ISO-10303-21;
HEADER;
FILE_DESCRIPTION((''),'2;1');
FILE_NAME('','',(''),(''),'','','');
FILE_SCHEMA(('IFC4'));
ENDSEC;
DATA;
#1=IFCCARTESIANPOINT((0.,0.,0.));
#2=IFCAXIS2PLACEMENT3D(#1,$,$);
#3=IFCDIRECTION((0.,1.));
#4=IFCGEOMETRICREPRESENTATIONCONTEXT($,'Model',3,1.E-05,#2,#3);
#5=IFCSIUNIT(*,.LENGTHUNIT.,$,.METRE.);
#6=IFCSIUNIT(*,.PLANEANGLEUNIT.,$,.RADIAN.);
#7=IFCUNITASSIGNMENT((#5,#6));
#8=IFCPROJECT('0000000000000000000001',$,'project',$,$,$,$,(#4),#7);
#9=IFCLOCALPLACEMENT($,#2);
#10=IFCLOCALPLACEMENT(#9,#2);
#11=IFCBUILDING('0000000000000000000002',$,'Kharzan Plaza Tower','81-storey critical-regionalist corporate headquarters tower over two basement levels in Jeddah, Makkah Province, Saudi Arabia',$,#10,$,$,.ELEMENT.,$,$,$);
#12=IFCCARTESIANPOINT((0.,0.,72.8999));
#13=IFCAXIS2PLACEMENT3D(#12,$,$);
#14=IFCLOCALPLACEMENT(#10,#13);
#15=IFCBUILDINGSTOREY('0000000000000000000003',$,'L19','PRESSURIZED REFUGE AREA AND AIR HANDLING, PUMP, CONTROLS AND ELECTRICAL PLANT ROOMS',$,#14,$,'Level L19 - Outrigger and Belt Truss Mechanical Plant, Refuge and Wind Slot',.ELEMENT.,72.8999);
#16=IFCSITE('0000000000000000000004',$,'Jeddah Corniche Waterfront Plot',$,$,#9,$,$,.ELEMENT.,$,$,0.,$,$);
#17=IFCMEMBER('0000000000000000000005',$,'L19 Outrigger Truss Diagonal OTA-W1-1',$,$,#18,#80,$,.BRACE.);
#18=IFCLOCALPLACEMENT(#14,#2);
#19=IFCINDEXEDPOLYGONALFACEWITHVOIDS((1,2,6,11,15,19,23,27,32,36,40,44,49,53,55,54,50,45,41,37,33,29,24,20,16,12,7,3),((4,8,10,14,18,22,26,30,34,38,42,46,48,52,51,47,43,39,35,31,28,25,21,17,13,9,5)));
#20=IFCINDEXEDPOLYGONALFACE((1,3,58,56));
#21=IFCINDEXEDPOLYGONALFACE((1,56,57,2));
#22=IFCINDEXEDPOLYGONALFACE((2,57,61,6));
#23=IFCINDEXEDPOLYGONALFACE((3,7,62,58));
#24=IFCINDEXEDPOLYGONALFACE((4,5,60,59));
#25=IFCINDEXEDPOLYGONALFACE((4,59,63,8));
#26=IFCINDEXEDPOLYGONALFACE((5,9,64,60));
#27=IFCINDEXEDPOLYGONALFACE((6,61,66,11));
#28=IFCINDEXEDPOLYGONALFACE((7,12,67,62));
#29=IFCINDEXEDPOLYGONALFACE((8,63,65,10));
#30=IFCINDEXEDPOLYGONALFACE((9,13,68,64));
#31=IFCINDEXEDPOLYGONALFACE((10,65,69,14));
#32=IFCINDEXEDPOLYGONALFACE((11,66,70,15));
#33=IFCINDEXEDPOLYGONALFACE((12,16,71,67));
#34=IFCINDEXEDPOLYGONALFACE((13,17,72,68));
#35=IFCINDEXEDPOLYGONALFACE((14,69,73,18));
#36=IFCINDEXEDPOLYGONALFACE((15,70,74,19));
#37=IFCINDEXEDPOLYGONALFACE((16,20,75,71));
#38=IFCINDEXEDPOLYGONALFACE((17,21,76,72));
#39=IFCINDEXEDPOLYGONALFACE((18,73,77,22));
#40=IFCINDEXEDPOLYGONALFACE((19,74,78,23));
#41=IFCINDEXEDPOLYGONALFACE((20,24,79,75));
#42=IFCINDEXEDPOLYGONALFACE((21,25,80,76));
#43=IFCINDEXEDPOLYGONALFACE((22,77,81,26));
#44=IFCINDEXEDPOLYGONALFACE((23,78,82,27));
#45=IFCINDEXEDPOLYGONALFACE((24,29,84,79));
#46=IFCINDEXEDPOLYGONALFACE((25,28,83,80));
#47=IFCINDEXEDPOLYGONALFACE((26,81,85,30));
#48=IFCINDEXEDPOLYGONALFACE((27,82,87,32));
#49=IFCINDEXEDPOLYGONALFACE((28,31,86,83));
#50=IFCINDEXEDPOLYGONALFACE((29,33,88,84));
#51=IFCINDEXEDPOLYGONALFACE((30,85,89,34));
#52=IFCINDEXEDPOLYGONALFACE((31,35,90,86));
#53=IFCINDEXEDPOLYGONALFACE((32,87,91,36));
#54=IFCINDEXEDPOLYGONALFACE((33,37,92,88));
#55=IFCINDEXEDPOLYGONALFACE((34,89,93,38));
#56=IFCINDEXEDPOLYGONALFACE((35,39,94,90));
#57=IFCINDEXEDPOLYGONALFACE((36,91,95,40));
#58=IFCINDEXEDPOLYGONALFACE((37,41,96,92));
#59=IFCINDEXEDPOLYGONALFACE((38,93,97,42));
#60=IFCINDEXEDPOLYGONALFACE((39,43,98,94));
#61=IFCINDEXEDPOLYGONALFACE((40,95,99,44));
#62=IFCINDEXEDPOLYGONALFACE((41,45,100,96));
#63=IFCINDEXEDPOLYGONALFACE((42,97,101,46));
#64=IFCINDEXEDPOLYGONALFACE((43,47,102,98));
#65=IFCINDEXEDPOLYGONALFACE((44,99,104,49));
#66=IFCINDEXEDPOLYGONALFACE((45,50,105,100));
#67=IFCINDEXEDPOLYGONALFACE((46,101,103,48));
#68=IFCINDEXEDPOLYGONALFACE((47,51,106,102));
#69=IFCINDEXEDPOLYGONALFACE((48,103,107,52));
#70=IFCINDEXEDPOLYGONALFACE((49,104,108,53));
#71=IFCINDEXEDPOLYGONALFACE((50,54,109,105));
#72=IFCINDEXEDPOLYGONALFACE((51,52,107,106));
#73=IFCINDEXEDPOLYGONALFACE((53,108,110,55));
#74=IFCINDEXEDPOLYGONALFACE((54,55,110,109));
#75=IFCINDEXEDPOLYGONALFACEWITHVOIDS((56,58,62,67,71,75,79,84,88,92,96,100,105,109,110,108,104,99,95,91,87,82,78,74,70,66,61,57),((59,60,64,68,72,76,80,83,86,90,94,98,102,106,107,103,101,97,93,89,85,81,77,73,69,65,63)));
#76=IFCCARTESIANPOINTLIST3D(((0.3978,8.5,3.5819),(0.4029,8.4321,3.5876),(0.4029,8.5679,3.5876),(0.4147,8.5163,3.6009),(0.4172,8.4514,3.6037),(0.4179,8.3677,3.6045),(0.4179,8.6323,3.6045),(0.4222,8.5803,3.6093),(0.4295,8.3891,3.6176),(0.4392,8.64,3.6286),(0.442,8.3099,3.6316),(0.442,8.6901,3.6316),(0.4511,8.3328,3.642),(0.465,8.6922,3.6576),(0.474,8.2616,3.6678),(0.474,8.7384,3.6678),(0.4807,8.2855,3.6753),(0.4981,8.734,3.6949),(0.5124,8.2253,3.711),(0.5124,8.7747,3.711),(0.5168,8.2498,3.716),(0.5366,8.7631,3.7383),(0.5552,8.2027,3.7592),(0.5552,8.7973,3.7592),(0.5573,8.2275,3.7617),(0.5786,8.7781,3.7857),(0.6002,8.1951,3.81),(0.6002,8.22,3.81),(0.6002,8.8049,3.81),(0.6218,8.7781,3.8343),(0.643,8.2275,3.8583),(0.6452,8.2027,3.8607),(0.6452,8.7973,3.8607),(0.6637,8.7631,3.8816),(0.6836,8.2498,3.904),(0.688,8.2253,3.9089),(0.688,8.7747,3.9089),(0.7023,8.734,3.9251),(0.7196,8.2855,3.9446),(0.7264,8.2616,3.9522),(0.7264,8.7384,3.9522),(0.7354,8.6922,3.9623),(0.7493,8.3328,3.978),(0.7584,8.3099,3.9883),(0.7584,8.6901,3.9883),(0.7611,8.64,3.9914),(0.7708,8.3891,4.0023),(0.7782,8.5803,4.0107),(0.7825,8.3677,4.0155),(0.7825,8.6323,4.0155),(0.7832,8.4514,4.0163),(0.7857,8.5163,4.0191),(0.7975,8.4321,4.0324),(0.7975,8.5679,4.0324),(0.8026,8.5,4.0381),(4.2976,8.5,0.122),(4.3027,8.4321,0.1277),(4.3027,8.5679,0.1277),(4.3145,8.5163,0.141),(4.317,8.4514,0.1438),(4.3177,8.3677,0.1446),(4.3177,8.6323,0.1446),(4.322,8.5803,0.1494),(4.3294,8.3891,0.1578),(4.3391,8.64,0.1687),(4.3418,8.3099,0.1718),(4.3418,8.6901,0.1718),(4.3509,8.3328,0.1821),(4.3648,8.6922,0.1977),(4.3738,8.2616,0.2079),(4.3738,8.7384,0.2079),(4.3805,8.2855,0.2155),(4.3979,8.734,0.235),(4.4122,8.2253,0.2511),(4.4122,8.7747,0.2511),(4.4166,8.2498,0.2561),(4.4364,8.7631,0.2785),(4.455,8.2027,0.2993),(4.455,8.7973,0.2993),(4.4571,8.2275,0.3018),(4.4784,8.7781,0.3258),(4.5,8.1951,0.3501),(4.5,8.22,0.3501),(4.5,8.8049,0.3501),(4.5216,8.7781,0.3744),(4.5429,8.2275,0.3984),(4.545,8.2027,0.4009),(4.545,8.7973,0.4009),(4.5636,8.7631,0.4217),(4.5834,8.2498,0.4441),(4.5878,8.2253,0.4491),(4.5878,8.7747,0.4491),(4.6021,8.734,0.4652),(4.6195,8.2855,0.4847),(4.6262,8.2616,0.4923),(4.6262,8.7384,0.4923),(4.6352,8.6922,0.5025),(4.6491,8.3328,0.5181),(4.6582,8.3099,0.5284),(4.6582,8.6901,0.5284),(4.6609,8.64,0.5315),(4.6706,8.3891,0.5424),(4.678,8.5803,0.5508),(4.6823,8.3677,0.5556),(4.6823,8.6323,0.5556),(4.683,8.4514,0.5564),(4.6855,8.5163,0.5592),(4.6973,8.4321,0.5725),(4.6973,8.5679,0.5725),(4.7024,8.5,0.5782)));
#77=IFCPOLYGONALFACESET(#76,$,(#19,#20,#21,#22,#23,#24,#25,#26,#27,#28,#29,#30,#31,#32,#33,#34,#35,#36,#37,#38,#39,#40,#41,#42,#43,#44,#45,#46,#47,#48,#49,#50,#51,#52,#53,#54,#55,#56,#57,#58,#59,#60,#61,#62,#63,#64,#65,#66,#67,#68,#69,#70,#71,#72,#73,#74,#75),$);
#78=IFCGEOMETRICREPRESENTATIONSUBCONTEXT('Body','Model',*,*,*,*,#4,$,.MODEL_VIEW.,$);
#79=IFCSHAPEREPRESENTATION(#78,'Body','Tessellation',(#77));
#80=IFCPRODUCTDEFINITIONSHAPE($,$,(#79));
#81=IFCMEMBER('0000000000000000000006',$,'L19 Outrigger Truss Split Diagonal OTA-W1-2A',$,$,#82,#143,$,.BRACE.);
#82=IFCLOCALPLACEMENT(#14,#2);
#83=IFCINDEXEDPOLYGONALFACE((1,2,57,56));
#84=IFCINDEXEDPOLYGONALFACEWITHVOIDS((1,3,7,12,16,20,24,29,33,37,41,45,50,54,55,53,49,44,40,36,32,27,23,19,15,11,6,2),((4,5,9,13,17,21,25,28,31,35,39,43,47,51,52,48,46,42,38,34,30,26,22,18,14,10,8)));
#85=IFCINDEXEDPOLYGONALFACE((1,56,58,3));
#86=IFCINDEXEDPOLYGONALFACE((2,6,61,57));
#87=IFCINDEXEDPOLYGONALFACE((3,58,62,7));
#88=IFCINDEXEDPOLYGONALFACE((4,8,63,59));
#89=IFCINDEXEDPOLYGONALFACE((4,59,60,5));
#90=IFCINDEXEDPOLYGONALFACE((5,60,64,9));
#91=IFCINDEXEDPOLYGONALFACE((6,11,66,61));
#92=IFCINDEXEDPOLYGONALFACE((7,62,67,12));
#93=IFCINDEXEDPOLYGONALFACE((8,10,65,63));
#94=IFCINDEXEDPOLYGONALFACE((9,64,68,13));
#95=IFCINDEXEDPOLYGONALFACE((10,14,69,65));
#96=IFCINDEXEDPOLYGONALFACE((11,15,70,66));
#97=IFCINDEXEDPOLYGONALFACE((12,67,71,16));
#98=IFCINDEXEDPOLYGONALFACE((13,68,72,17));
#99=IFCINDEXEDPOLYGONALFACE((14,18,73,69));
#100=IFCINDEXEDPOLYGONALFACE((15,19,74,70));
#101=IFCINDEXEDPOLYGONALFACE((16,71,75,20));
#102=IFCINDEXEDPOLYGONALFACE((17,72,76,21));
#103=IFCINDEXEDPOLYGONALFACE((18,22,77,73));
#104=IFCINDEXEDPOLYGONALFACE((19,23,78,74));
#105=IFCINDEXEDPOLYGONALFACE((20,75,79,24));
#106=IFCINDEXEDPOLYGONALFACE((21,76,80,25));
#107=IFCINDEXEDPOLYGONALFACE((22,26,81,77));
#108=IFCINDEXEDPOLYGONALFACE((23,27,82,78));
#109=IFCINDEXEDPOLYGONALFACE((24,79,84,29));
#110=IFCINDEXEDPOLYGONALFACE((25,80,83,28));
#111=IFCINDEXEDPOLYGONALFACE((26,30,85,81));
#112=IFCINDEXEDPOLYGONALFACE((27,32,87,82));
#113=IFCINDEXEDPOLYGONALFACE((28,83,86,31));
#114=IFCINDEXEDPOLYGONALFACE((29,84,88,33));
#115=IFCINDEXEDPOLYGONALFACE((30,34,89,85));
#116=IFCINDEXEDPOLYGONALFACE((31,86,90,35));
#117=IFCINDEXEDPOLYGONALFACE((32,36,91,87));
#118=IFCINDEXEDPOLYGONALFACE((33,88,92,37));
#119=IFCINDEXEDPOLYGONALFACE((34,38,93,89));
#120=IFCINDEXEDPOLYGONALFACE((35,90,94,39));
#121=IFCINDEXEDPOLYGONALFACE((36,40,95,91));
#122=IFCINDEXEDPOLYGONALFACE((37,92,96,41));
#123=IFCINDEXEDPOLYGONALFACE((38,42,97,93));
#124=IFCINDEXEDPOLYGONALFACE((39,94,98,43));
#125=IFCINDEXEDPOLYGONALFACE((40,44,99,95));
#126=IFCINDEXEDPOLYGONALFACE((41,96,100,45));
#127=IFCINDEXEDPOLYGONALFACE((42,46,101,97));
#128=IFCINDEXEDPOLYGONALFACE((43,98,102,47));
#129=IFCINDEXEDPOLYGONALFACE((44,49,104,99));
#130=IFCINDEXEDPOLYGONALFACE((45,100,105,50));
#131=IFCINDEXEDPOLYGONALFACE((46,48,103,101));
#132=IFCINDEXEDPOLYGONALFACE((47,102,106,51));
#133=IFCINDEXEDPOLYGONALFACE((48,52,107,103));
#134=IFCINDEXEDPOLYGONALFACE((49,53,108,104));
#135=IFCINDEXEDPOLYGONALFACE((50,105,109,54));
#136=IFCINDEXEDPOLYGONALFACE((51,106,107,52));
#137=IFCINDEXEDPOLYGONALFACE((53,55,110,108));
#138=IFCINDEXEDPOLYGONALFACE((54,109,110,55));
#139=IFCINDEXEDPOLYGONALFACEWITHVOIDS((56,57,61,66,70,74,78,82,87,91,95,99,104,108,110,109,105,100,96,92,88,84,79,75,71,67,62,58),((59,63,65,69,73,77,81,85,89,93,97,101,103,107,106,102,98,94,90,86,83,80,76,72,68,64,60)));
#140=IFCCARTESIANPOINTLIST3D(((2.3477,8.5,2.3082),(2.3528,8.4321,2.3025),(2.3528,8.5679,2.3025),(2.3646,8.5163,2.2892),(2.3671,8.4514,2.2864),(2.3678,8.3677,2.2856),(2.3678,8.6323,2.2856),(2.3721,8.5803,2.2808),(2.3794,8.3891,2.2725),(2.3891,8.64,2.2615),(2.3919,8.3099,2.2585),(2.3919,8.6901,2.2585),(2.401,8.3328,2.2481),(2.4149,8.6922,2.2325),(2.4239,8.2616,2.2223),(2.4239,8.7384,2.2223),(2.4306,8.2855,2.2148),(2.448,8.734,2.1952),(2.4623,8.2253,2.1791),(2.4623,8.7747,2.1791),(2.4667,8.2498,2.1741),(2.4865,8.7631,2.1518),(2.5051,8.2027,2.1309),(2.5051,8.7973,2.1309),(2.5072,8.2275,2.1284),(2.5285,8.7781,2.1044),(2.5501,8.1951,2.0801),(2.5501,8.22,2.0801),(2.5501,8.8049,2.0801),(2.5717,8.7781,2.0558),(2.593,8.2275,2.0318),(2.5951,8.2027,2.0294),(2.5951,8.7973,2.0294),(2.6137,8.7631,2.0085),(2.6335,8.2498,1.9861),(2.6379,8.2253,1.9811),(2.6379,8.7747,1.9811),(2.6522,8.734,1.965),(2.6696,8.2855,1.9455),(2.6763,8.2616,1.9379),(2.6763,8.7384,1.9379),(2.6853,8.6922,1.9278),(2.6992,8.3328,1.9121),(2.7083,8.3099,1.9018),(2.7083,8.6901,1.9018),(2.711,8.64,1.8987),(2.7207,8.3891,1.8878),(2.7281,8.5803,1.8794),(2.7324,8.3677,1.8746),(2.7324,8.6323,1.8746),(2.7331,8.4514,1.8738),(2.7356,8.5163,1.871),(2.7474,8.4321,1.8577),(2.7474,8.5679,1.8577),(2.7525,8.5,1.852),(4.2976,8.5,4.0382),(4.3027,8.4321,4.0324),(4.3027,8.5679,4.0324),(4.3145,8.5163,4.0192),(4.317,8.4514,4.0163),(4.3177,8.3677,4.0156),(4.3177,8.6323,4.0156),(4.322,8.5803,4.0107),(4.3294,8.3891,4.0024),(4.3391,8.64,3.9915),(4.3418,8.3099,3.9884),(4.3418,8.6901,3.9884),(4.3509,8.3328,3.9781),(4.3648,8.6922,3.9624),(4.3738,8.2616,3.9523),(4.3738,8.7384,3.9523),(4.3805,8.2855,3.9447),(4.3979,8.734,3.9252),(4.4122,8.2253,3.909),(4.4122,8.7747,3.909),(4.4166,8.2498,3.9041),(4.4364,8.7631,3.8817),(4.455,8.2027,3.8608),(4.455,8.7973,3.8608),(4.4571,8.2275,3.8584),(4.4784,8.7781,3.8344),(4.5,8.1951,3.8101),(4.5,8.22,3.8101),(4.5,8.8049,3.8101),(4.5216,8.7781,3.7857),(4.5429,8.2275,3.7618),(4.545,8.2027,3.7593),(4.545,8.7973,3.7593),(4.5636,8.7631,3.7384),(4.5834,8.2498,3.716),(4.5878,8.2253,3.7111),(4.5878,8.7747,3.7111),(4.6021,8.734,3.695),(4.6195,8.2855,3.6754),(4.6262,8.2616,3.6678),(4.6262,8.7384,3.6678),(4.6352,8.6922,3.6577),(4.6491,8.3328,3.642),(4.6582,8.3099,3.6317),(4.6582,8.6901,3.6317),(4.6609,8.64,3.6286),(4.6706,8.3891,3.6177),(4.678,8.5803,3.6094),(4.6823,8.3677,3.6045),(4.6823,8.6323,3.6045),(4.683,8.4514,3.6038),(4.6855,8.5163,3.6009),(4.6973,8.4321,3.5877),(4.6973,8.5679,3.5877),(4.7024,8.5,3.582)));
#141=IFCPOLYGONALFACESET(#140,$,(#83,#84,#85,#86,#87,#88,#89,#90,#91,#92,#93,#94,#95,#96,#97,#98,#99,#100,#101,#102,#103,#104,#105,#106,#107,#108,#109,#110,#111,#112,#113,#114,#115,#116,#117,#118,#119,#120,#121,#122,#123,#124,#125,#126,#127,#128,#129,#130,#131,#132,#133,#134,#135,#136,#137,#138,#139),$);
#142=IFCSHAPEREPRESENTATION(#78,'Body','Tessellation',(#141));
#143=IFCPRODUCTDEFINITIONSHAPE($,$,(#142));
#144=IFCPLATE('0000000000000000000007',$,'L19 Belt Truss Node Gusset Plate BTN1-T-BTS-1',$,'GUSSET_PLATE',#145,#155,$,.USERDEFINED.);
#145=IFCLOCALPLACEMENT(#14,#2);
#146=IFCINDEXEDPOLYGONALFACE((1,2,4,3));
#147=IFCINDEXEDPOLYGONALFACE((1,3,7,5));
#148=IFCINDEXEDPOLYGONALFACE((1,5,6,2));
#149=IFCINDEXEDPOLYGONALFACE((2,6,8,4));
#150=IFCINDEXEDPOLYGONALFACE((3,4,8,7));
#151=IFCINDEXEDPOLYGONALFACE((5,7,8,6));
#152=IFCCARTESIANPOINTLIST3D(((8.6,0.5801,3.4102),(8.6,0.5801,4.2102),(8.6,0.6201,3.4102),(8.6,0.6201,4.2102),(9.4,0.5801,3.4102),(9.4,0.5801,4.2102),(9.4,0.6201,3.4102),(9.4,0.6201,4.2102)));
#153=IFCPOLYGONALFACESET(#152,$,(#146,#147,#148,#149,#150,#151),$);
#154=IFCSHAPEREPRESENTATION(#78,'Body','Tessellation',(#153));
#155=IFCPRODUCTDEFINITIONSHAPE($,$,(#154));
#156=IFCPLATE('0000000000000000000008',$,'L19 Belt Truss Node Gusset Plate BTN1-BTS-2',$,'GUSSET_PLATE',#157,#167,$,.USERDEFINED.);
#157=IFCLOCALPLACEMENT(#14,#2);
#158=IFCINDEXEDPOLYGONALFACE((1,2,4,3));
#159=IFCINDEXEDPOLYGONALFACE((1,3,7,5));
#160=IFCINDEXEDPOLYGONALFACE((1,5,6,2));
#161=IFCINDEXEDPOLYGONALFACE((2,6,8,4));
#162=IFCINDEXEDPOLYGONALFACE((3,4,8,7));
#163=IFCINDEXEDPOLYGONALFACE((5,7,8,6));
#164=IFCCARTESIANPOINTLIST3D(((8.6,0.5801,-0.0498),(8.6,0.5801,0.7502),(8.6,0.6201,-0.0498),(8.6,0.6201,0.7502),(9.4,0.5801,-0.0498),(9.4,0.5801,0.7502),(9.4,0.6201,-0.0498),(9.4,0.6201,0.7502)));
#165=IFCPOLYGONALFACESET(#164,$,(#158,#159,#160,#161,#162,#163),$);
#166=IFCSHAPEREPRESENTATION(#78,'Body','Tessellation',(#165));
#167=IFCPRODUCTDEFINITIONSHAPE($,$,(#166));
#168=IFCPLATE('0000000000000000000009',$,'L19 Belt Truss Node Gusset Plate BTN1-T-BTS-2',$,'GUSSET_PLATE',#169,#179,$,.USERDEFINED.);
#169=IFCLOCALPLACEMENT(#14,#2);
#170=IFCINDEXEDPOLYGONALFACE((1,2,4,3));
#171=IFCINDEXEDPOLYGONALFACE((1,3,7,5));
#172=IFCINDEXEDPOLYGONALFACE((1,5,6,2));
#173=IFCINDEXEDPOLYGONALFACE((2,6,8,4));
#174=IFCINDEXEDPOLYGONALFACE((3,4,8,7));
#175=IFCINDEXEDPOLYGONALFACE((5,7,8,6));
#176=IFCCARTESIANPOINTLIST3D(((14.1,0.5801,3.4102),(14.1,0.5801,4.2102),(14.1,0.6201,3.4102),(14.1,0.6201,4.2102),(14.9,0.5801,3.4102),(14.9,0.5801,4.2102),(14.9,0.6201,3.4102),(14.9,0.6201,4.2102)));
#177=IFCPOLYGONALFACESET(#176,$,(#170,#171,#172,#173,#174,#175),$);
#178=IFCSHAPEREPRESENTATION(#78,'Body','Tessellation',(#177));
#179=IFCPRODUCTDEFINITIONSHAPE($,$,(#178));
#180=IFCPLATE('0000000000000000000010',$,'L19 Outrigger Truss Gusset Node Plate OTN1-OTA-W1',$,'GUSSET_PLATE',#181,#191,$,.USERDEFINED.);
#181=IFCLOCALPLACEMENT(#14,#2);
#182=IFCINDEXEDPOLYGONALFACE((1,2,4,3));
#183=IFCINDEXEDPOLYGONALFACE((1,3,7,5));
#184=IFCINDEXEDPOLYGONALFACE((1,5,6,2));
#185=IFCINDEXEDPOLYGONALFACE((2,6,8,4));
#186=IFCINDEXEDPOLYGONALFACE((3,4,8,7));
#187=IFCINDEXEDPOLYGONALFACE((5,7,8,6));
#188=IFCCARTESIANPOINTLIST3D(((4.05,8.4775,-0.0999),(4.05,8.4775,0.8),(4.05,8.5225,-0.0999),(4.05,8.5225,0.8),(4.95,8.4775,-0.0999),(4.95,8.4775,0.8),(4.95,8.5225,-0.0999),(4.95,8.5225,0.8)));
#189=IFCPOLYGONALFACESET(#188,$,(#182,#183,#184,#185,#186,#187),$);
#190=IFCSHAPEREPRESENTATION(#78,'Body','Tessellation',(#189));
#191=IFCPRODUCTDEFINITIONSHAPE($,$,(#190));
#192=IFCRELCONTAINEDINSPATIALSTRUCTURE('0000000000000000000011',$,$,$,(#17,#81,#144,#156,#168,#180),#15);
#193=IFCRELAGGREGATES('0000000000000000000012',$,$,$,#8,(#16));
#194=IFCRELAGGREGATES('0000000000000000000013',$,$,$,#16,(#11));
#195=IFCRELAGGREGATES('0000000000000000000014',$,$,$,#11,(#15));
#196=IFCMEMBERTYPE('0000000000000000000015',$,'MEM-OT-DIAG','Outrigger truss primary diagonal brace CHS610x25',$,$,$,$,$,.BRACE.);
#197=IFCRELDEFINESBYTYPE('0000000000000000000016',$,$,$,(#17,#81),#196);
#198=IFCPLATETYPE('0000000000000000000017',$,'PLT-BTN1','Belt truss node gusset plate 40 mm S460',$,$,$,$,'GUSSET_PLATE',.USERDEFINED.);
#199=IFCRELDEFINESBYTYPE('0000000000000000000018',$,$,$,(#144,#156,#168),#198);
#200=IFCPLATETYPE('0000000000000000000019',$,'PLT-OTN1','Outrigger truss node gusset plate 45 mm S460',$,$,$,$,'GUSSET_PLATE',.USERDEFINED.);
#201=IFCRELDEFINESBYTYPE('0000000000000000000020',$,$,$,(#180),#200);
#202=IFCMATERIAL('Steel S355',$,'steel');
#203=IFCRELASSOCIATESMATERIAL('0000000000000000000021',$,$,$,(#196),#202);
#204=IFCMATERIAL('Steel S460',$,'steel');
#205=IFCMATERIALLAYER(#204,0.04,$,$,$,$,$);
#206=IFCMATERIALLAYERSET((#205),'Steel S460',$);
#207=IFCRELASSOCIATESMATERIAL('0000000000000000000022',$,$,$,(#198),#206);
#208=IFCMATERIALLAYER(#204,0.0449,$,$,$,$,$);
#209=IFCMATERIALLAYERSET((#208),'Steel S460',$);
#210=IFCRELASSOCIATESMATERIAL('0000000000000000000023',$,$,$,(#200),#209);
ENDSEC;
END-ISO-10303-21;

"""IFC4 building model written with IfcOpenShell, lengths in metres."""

from ifc_helpers import new_model, si_unit, direction, frame, origin, origin_2d, place, context, subcontext, project, spatial, rectangle, hollow_circle, extrude, source, transform, mapped, material, layer, layer_set, material_profile, profile_set, type_object, element, save


model = new_model("IFC4")

# Units and contexts
model_context = context("Model", 3, precision=1e-05, world=origin(), true_north=direction((0.0, 1.0)))
body_context = subcontext(model_context, "Body", "Model", "MODEL_VIEW")
ifc_project = project(units=[si_unit("LENGTHUNIT", "METRE"), si_unit("PLANEANGLEUNIT", "RADIAN")], contexts=[model_context])

# Site, building, storey
site_placement = place(None, origin())
site = spatial("IfcSite", under=ifc_project, at=site_placement, Name="Jeddah Corniche Waterfront Plot", CompositionType="ELEMENT", RefElevation=0.0)
building_placement = place(site_placement, origin())
building = spatial("IfcBuilding", under=site, at=building_placement, Name="Kharzan Plaza Tower", Description="81-storey critical-regionalist corporate headquarters tower over two basement levels in Jeddah, Makkah Province, Saudi Arabia", CompositionType="ELEMENT")
storey_placement = place(building_placement, frame((0.0, 0.0, 72.8999)))
storey = spatial("IfcBuildingStorey", under=building, at=storey_placement, Name="L19", Description="PRESSURIZED REFUGE AREA AND AIR HANDLING, PUMP, CONTROLS AND ELECTRICAL PLANT ROOMS", LongName="Level L19 - Outrigger and Belt Truss Mechanical Plant, Refuge and Wind Slot", CompositionType="ELEMENT", Elevation=72.8999)

# Shared definitions
ifc_material_1 = material(Name="Steel S355", Category="steel")

# Members
ifc_material_profile_1 = material_profile(ifc_material_1, hollow_circle(Radius=0.3049, WallThickness=0.0249, at=origin_2d()), Name="CHS610x25")
ifc_profile_set_1 = profile_set([ifc_material_profile_1], Name="Steel S355")
member_type_1 = type_object("IfcMemberType", Name="MEM-OT-DIAG", Description="Outrigger truss primary diagonal brace CHS610x25", PredefinedType="BRACE", material=ifc_profile_set_1)
shared_shape_1 = source(origin(), body_context, "Body", "SweptSolid", [
    extrude(hollow_circle(Radius=0.3049, WallThickness=0.0249, at=origin_2d()), origin(), (0.0, 0.0, 1.0), 5.2134),
])
member_1_placement = place(storey_placement, frame((4.5, 8.5, 0.3501), z_axis=(-0.748039, 0.0, 0.663654), x_axis=(0.0, -1.0, 0.0)))
element("IfcMember", 1, at=member_1_placement, inside=storey, type_object=member_type_1, Name="L19 Outrigger Truss Diagonal OTA-W1-1", PredefinedType="BRACE", context=body_context, shape_type="MappedRepresentation", body=[
    mapped(shared_shape_1, transform((0.0, 0.0, 0.0), x_axis=(1.0, 0.0, 0.0), y_axis=(0.0, 1.0, 0.0), z_axis=(0.0, 0.0, 1.0))),
])
shared_shape_2 = source(origin(), body_context, "Body", "SweptSolid", [
    extrude(hollow_circle(Radius=0.3049, WallThickness=0.0249, at=origin_2d()), origin(), (0.0, 0.0, 1.0), 2.6067),
])
member_2_placement = place(storey_placement, frame((4.5, 8.5, 3.8101), z_axis=(-0.748039, 0.0, -0.663654), x_axis=(0.0, -1.0, 0.0)))
element("IfcMember", 2, at=member_2_placement, inside=storey, type_object=member_type_1, Name="L19 Outrigger Truss Split Diagonal OTA-W1-2A", PredefinedType="BRACE", context=body_context, shape_type="MappedRepresentation", body=[
    mapped(shared_shape_2, transform((0.0, 0.0, 0.0), x_axis=(1.0, 0.0, 0.0), y_axis=(0.0, 1.0, 0.0), z_axis=(0.0, 0.0, 1.0))),
])

# Plates
ifc_material_2 = material(Name="Steel S460", Category="steel")
ifc_layer_1 = layer(ifc_material_2, 0.04)
ifc_layer_set_1 = layer_set([ifc_layer_1], Name="Steel S460")
plate_type_1 = type_object("IfcPlateType", Name="PLT-BTN1", Description="Belt truss node gusset plate 40 mm S460", ElementType="GUSSET_PLATE", PredefinedType="USERDEFINED", material=ifc_layer_set_1)
shared_shape_3 = source(origin(), body_context, "Body", "SweptSolid", [
    extrude(rectangle(XDim=0.8, YDim=0.04, at=origin_2d()), origin(), (0.0, 0.0, 1.0), 0.8),
])
for number, where, z_axis, x_axis, name in (
    (3, (9.0, 0.6001, 3.4102), (0.0, 0.0, 1.0), (1.0, 0.0, 0.0), "L19 Belt Truss Node Gusset Plate BTN1-T-BTS-1"),
    (4, (9.0, 0.6001, -0.0498), (0.0, 0.0, 1.0), (1.0, 0.0, 0.0), "L19 Belt Truss Node Gusset Plate BTN1-BTS-2"),
    (5, (14.5, 0.6001, 3.4102), (0.0, 0.0, 1.0), (1.0, 0.0, 0.0), "L19 Belt Truss Node Gusset Plate BTN1-T-BTS-2"),
):
    element("IfcPlate", number, at=place(storey_placement, frame(where, z_axis=z_axis, x_axis=x_axis)), inside=storey, type_object=plate_type_1, Name=name, ObjectType="GUSSET_PLATE", PredefinedType="USERDEFINED", context=body_context, shape_type="MappedRepresentation", body=[
        mapped(shared_shape_3, transform((0.0, 0.0, 0.0), x_axis=(1.0, 0.0, 0.0), y_axis=(0.0, 1.0, 0.0), z_axis=(0.0, 0.0, 1.0))),
    ])
ifc_layer_2 = layer(ifc_material_2, 0.0449)
ifc_layer_set_2 = layer_set([ifc_layer_2], Name="Steel S460")
plate_type_2 = type_object("IfcPlateType", Name="PLT-OTN1", Description="Outrigger truss node gusset plate 45 mm S460", ElementType="GUSSET_PLATE", PredefinedType="USERDEFINED", material=ifc_layer_set_2)
shared_shape_4 = source(origin(), body_context, "Body", "SweptSolid", [
    extrude(rectangle(XDim=0.8999, YDim=0.0449, at=origin_2d()), origin(), (0.0, 0.0, 1.0), 0.8999),
])
for number, where, z_axis, x_axis, name in (
    (6, (4.5, 8.5, -0.0999), (0.0, 0.0, 1.0), (-1.0, 0.0, 0.0), "L19 Outrigger Truss Gusset Node Plate OTN1-OTA-W1"),
):
    element("IfcPlate", number, at=place(storey_placement, frame(where, z_axis=z_axis, x_axis=x_axis)), inside=storey, type_object=plate_type_2, Name=name, ObjectType="GUSSET_PLATE", PredefinedType="USERDEFINED", context=body_context, shape_type="MappedRepresentation", body=[
        mapped(shared_shape_4, transform((0.0, 0.0, 0.0), x_axis=(1.0, 0.0, 0.0), y_axis=(0.0, 1.0, 0.0), z_axis=(0.0, 0.0, 1.0))),
    ])

save(model, "model.ifc")
